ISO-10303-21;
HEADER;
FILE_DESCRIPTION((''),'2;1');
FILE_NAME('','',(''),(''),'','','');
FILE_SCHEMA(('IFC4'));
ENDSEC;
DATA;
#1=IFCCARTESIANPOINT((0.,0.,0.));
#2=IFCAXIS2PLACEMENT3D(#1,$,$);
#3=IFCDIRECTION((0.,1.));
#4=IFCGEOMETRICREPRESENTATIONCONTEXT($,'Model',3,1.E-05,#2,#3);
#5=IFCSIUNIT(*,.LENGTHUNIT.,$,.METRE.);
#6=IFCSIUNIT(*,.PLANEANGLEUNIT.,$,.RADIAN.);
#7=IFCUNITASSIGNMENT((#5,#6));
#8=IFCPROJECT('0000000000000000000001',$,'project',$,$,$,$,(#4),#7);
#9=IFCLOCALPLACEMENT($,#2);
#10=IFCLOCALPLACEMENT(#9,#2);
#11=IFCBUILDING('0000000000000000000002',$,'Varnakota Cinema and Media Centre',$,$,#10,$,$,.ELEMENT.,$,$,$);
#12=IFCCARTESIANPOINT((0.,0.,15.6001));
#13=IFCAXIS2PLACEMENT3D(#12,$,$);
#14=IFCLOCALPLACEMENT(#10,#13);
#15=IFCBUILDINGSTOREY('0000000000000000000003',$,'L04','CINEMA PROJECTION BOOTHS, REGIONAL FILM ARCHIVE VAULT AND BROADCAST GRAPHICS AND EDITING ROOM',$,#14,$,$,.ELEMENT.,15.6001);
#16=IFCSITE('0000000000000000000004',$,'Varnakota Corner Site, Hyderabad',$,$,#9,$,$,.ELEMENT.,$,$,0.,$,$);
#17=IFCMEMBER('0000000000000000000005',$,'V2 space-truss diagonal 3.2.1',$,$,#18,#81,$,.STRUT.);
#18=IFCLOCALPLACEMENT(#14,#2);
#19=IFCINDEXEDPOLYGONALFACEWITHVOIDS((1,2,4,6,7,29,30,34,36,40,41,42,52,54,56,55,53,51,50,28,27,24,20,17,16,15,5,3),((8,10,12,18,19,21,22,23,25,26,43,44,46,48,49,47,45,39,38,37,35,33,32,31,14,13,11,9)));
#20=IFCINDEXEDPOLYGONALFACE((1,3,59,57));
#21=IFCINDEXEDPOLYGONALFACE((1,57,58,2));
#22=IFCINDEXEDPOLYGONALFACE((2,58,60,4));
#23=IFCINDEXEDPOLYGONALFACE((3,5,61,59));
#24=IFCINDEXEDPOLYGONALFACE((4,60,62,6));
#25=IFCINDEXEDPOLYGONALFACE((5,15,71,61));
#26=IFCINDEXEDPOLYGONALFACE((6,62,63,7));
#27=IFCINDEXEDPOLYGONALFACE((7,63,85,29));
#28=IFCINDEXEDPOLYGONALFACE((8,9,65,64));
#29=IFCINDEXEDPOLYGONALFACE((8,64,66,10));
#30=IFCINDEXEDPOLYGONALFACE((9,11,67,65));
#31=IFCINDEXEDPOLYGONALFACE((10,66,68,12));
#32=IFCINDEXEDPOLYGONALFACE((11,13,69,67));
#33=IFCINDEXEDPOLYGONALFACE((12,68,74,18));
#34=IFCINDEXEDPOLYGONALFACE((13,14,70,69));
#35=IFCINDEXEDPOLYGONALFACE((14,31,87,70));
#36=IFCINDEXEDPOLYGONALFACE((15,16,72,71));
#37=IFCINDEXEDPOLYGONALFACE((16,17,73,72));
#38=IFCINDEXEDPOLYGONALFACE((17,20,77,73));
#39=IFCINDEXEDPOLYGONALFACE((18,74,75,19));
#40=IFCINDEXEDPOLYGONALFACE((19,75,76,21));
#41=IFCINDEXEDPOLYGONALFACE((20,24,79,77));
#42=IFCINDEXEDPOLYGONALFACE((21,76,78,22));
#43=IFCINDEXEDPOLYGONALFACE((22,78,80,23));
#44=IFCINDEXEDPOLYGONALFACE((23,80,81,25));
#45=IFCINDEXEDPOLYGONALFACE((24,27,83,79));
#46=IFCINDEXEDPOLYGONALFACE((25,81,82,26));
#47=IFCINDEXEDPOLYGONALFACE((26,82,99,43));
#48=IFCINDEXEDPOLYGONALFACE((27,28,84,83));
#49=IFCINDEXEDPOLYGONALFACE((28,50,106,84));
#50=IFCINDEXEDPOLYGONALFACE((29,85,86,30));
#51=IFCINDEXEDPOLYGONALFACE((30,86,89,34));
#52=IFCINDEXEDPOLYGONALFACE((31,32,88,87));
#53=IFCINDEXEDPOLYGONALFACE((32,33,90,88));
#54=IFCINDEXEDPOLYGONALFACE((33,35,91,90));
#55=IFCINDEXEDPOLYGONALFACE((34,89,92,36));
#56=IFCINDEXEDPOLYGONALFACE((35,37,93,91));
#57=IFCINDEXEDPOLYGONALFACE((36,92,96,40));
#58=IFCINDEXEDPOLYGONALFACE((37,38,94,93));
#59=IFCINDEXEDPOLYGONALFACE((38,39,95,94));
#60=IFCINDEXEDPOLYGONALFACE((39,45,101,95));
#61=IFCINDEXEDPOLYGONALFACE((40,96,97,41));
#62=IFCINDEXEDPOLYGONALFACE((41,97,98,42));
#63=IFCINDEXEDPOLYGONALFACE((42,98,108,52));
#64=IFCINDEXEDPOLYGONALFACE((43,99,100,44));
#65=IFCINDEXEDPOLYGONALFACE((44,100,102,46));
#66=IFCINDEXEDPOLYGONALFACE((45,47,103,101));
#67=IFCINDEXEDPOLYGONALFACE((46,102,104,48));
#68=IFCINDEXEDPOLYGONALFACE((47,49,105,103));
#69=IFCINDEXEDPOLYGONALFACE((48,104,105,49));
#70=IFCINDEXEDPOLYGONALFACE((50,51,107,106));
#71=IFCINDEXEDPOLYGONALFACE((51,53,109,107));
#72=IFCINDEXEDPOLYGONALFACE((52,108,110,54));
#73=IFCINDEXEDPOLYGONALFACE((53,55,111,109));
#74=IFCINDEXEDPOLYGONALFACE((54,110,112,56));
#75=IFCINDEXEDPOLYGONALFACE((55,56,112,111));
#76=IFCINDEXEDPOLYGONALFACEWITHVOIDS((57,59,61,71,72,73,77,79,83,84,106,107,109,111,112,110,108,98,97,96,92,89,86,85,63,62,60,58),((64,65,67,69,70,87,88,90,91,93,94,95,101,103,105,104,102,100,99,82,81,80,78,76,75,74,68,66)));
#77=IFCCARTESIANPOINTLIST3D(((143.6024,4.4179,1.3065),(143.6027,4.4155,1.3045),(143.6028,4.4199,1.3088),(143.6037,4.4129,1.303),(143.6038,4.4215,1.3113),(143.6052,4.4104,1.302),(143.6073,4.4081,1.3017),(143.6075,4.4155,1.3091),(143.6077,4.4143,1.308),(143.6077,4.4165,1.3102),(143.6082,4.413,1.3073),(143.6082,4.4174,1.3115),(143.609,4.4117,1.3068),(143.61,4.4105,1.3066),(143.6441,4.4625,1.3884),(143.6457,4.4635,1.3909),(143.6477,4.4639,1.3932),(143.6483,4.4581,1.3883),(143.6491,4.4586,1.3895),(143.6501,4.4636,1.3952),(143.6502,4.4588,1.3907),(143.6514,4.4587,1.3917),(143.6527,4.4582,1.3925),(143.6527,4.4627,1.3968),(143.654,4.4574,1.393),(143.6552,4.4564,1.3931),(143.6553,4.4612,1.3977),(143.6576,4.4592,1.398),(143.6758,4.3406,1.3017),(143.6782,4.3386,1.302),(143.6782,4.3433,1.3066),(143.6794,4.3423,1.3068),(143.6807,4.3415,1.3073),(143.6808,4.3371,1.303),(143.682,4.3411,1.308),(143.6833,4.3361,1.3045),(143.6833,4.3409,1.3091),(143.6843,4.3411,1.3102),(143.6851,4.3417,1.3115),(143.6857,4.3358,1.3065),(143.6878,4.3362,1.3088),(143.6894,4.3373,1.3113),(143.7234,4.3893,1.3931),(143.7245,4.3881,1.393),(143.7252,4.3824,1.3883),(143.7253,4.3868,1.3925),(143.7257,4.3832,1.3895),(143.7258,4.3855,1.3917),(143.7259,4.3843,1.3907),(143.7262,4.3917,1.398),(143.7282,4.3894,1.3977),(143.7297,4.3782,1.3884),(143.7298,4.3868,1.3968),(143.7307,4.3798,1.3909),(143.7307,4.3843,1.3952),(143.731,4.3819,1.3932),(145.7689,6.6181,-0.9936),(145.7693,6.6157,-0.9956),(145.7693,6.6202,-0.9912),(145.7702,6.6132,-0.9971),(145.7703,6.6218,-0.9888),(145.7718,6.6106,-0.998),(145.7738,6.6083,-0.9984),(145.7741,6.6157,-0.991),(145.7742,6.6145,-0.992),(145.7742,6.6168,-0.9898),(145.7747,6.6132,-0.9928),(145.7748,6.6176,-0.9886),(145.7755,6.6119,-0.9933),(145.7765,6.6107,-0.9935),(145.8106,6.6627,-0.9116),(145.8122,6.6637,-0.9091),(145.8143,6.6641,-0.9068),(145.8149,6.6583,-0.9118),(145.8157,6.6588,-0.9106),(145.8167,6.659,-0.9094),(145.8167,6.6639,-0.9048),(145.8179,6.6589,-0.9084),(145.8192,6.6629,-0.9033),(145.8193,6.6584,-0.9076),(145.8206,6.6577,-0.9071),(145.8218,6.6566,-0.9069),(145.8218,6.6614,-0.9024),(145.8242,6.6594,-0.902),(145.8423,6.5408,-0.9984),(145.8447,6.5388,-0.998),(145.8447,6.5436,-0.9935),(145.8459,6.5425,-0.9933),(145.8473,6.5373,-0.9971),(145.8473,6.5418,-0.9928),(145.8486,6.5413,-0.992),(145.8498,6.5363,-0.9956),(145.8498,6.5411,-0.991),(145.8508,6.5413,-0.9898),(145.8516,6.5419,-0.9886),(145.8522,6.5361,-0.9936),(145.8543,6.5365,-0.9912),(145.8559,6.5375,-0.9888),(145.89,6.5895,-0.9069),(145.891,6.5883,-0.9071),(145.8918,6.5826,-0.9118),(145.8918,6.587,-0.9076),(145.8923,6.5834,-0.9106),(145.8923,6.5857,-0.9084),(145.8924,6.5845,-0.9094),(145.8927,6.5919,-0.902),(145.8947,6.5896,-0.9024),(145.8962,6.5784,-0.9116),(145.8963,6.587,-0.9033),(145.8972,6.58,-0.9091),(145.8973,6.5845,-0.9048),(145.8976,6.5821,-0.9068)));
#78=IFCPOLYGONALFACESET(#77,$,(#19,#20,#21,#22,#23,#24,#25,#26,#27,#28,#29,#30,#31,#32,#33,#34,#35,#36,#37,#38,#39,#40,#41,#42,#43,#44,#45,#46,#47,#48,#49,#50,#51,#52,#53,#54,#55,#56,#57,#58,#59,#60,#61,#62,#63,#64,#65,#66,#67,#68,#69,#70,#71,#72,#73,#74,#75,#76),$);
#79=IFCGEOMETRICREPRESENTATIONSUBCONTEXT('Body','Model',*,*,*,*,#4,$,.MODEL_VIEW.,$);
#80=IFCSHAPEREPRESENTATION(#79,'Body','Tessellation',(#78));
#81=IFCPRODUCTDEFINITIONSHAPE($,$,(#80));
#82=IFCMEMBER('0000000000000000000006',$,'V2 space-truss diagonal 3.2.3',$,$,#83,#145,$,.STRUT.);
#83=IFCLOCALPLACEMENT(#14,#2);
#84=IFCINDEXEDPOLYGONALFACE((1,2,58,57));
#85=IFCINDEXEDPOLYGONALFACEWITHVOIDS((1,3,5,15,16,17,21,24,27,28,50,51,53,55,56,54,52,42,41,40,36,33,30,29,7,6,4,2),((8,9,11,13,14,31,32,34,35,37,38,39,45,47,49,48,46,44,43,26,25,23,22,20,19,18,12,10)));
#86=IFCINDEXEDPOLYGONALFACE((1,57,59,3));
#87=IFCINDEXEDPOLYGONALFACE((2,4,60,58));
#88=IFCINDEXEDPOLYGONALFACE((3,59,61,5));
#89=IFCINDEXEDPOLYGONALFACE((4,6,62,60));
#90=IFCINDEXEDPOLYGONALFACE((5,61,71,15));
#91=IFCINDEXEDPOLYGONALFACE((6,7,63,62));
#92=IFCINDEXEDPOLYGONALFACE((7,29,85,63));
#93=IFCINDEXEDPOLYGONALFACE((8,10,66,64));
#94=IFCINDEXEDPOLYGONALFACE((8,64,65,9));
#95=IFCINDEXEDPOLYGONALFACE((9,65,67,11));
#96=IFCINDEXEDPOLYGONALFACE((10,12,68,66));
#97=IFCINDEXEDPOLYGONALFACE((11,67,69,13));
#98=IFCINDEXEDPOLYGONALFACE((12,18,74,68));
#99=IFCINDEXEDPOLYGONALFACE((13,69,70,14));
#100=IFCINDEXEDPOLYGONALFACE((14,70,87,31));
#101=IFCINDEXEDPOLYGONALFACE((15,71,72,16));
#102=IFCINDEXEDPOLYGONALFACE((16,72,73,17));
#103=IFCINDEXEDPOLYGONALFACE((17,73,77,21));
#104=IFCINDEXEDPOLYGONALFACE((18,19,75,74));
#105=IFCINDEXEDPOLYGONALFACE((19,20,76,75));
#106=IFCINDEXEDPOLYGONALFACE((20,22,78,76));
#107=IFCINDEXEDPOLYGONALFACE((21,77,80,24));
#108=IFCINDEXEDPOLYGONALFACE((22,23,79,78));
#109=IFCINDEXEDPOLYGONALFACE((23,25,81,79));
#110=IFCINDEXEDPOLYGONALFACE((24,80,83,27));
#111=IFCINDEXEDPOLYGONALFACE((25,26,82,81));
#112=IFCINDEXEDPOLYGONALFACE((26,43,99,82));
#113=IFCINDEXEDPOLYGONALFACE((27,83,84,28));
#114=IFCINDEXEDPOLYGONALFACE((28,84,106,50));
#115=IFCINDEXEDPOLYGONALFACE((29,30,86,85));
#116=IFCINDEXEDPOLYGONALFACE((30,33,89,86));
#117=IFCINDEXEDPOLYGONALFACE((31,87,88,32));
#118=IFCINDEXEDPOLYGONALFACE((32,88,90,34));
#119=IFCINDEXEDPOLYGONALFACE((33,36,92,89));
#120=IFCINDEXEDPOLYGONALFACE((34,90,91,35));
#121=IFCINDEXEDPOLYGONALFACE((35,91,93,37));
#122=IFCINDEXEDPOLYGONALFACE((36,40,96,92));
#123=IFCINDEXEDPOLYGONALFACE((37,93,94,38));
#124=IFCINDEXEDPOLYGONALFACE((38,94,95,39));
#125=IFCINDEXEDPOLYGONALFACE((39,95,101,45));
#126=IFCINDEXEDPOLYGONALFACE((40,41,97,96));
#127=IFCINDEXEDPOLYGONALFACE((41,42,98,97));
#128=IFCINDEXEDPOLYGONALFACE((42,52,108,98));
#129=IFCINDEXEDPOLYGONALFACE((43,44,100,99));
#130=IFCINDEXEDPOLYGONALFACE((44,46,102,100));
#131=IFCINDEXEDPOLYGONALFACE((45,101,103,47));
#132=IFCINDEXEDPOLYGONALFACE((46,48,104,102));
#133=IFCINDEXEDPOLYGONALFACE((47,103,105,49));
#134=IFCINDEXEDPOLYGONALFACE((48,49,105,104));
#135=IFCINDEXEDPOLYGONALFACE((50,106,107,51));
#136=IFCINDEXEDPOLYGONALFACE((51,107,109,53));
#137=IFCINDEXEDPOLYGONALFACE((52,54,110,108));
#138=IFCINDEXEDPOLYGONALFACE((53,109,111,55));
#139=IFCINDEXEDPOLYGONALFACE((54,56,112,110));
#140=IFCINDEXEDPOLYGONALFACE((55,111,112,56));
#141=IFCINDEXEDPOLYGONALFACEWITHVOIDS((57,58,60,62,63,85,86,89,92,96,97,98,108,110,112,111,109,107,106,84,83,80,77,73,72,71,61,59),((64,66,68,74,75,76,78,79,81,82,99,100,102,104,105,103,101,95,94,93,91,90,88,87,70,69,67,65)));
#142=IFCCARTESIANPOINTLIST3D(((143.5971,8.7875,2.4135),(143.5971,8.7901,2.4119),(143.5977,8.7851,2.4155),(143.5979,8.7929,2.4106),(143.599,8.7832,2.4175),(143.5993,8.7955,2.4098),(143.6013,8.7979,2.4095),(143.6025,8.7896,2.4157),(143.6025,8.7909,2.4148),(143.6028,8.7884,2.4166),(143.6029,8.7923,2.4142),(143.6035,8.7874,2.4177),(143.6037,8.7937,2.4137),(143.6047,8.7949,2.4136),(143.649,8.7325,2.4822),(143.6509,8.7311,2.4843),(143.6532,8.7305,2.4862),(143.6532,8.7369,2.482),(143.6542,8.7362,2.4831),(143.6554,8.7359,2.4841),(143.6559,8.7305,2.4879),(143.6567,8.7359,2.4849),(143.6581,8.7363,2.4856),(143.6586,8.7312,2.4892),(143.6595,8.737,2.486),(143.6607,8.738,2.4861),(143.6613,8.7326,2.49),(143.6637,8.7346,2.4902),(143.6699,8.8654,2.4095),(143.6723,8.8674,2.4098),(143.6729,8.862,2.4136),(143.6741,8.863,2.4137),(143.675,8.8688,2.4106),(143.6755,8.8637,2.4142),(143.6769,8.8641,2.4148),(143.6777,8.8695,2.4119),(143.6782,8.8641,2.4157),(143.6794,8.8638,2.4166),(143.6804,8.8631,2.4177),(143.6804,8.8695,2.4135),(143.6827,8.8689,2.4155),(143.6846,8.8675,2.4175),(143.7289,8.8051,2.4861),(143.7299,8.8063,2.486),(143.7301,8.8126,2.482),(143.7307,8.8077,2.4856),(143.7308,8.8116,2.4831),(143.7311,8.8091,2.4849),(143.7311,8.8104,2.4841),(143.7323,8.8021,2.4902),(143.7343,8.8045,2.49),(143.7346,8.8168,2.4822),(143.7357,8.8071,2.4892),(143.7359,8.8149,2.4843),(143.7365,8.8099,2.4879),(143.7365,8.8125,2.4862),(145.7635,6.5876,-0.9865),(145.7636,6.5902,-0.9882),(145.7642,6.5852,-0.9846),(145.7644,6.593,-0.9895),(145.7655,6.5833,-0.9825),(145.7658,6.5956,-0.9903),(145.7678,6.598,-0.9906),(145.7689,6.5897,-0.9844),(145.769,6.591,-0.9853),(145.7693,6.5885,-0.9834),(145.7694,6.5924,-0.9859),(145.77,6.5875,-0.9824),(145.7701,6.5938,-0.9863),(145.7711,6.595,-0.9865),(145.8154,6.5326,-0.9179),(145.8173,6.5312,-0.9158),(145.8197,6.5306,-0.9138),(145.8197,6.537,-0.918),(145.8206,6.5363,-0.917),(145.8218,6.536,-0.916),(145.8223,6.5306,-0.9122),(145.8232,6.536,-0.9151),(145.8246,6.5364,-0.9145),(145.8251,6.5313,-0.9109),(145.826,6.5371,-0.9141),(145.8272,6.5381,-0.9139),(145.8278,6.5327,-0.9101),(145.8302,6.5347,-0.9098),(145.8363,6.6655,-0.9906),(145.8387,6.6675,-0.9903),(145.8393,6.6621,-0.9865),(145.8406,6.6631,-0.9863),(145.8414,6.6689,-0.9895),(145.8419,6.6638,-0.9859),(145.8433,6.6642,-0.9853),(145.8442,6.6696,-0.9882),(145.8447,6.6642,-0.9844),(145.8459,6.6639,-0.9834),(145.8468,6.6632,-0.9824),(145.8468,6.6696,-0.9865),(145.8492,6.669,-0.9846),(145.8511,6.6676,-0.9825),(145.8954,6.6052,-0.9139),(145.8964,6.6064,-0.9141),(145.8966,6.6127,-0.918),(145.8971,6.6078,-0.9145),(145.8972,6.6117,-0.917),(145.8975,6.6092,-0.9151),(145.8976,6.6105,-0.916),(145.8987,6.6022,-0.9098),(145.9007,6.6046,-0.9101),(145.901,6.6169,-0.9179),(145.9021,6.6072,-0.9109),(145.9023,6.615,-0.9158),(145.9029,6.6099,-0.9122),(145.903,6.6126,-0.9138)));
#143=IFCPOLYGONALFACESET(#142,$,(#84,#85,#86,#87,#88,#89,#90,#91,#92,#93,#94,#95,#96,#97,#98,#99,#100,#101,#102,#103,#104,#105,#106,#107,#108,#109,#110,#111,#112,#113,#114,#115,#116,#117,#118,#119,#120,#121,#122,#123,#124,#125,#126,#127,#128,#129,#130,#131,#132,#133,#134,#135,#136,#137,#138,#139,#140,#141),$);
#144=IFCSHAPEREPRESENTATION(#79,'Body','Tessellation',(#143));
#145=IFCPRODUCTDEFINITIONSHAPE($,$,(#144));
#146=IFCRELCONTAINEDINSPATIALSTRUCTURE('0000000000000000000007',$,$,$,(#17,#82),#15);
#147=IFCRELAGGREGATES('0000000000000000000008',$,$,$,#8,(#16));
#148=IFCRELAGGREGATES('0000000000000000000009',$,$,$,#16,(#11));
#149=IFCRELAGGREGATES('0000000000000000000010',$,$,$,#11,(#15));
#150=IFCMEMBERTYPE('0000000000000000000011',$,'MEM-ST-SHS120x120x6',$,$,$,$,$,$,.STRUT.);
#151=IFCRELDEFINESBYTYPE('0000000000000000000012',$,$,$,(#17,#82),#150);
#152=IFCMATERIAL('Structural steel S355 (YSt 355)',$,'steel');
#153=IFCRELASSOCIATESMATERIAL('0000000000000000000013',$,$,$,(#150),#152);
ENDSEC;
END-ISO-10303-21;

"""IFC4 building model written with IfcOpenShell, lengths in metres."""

from ifc_helpers import new_model, si_unit, direction, frame, origin, origin_2d, place, context, subcontext, project, spatial, hollow_rectangle, extrude, material, material_profile, profile_set, type_object, element, save


model = new_model("IFC4")

# Units and contexts
model_context = context("Model", 3, precision=1e-05, world=origin(), true_north=direction((0.0, 1.0)))
body_context = subcontext(model_context, "Body", "Model", "MODEL_VIEW")
ifc_project = project(units=[si_unit("LENGTHUNIT", "METRE"), si_unit("PLANEANGLEUNIT", "RADIAN")], contexts=[model_context])

# Site, building, storey
site_placement = place(None, origin())
site = spatial("IfcSite", under=ifc_project, at=site_placement, Name="Varnakota Corner Site, Hyderabad", CompositionType="ELEMENT", RefElevation=0.0)
building_placement = place(site_placement, origin())
building = spatial("IfcBuilding", under=site, at=building_placement, Name="Varnakota Cinema and Media Centre", CompositionType="ELEMENT")
storey_placement = place(building_placement, frame((0.0, 0.0, 15.6001)))
storey = spatial("IfcBuildingStorey", under=building, at=storey_placement, Name="L04", Description="CINEMA PROJECTION BOOTHS, REGIONAL FILM ARCHIVE VAULT AND BROADCAST GRAPHICS AND EDITING ROOM", CompositionType="ELEMENT", Elevation=15.6001)

# Members
ifc_material_1 = material(Name="Structural steel S355 (YSt 355)", Category="steel")
ifc_material_profile_1 = material_profile(ifc_material_1, hollow_rectangle(XDim=0.1201, YDim=0.1201, WallThickness=0.0061, InnerFilletRadius=0.0061, OuterFilletRadius=0.012, at=origin_2d()), Name="SHS 120x120x6")
ifc_profile_set_1 = profile_set([ifc_material_profile_1], Name="Structural steel S355 (YSt 355)")
member_type_1 = type_object("IfcMemberType", Name="MEM-ST-SHS120x120x6", PredefinedType="STRUT", material=ifc_profile_set_1)
member_1_placement = place(storey_placement, frame((145.8333, 6.6001, -0.9502), z_axis=(-0.562684, -0.571435, 0.597368), x_axis=(0.712541, -0.70163, 0.0)))
element("IfcMember", 1, at=member_1_placement, inside=storey, type_object=member_type_1, Name="V2 space-truss diagonal 3.2.1", PredefinedType="STRUT", context=body_context, shape_type="SweptSolid", body=[
    extrude(hollow_rectangle(XDim=0.1201, YDim=0.1201, WallThickness=0.0061, InnerFilletRadius=0.0061, OuterFilletRadius=0.012, at=origin_2d()), origin(), (0.0, 0.0, 1.0), 3.8503),
])
member_2_placement = place(storey_placement, frame((145.8333, 6.6001, -0.9502), z_axis=(-0.47171, 0.478992, 0.740309), x_axis=(-0.712502, -0.70167, 0.0)))
element("IfcMember", 2, at=member_2_placement, inside=storey, type_object=member_type_1, Name="V2 space-truss diagonal 3.2.3", PredefinedType="STRUT", context=body_context, shape_type="SweptSolid", body=[
    extrude(hollow_rectangle(XDim=0.1201, YDim=0.1201, WallThickness=0.0061, InnerFilletRadius=0.0061, OuterFilletRadius=0.012, at=origin_2d()), origin(), (0.0, 0.0, 1.0), 4.5928),
])

save(model, "model.ifc")
